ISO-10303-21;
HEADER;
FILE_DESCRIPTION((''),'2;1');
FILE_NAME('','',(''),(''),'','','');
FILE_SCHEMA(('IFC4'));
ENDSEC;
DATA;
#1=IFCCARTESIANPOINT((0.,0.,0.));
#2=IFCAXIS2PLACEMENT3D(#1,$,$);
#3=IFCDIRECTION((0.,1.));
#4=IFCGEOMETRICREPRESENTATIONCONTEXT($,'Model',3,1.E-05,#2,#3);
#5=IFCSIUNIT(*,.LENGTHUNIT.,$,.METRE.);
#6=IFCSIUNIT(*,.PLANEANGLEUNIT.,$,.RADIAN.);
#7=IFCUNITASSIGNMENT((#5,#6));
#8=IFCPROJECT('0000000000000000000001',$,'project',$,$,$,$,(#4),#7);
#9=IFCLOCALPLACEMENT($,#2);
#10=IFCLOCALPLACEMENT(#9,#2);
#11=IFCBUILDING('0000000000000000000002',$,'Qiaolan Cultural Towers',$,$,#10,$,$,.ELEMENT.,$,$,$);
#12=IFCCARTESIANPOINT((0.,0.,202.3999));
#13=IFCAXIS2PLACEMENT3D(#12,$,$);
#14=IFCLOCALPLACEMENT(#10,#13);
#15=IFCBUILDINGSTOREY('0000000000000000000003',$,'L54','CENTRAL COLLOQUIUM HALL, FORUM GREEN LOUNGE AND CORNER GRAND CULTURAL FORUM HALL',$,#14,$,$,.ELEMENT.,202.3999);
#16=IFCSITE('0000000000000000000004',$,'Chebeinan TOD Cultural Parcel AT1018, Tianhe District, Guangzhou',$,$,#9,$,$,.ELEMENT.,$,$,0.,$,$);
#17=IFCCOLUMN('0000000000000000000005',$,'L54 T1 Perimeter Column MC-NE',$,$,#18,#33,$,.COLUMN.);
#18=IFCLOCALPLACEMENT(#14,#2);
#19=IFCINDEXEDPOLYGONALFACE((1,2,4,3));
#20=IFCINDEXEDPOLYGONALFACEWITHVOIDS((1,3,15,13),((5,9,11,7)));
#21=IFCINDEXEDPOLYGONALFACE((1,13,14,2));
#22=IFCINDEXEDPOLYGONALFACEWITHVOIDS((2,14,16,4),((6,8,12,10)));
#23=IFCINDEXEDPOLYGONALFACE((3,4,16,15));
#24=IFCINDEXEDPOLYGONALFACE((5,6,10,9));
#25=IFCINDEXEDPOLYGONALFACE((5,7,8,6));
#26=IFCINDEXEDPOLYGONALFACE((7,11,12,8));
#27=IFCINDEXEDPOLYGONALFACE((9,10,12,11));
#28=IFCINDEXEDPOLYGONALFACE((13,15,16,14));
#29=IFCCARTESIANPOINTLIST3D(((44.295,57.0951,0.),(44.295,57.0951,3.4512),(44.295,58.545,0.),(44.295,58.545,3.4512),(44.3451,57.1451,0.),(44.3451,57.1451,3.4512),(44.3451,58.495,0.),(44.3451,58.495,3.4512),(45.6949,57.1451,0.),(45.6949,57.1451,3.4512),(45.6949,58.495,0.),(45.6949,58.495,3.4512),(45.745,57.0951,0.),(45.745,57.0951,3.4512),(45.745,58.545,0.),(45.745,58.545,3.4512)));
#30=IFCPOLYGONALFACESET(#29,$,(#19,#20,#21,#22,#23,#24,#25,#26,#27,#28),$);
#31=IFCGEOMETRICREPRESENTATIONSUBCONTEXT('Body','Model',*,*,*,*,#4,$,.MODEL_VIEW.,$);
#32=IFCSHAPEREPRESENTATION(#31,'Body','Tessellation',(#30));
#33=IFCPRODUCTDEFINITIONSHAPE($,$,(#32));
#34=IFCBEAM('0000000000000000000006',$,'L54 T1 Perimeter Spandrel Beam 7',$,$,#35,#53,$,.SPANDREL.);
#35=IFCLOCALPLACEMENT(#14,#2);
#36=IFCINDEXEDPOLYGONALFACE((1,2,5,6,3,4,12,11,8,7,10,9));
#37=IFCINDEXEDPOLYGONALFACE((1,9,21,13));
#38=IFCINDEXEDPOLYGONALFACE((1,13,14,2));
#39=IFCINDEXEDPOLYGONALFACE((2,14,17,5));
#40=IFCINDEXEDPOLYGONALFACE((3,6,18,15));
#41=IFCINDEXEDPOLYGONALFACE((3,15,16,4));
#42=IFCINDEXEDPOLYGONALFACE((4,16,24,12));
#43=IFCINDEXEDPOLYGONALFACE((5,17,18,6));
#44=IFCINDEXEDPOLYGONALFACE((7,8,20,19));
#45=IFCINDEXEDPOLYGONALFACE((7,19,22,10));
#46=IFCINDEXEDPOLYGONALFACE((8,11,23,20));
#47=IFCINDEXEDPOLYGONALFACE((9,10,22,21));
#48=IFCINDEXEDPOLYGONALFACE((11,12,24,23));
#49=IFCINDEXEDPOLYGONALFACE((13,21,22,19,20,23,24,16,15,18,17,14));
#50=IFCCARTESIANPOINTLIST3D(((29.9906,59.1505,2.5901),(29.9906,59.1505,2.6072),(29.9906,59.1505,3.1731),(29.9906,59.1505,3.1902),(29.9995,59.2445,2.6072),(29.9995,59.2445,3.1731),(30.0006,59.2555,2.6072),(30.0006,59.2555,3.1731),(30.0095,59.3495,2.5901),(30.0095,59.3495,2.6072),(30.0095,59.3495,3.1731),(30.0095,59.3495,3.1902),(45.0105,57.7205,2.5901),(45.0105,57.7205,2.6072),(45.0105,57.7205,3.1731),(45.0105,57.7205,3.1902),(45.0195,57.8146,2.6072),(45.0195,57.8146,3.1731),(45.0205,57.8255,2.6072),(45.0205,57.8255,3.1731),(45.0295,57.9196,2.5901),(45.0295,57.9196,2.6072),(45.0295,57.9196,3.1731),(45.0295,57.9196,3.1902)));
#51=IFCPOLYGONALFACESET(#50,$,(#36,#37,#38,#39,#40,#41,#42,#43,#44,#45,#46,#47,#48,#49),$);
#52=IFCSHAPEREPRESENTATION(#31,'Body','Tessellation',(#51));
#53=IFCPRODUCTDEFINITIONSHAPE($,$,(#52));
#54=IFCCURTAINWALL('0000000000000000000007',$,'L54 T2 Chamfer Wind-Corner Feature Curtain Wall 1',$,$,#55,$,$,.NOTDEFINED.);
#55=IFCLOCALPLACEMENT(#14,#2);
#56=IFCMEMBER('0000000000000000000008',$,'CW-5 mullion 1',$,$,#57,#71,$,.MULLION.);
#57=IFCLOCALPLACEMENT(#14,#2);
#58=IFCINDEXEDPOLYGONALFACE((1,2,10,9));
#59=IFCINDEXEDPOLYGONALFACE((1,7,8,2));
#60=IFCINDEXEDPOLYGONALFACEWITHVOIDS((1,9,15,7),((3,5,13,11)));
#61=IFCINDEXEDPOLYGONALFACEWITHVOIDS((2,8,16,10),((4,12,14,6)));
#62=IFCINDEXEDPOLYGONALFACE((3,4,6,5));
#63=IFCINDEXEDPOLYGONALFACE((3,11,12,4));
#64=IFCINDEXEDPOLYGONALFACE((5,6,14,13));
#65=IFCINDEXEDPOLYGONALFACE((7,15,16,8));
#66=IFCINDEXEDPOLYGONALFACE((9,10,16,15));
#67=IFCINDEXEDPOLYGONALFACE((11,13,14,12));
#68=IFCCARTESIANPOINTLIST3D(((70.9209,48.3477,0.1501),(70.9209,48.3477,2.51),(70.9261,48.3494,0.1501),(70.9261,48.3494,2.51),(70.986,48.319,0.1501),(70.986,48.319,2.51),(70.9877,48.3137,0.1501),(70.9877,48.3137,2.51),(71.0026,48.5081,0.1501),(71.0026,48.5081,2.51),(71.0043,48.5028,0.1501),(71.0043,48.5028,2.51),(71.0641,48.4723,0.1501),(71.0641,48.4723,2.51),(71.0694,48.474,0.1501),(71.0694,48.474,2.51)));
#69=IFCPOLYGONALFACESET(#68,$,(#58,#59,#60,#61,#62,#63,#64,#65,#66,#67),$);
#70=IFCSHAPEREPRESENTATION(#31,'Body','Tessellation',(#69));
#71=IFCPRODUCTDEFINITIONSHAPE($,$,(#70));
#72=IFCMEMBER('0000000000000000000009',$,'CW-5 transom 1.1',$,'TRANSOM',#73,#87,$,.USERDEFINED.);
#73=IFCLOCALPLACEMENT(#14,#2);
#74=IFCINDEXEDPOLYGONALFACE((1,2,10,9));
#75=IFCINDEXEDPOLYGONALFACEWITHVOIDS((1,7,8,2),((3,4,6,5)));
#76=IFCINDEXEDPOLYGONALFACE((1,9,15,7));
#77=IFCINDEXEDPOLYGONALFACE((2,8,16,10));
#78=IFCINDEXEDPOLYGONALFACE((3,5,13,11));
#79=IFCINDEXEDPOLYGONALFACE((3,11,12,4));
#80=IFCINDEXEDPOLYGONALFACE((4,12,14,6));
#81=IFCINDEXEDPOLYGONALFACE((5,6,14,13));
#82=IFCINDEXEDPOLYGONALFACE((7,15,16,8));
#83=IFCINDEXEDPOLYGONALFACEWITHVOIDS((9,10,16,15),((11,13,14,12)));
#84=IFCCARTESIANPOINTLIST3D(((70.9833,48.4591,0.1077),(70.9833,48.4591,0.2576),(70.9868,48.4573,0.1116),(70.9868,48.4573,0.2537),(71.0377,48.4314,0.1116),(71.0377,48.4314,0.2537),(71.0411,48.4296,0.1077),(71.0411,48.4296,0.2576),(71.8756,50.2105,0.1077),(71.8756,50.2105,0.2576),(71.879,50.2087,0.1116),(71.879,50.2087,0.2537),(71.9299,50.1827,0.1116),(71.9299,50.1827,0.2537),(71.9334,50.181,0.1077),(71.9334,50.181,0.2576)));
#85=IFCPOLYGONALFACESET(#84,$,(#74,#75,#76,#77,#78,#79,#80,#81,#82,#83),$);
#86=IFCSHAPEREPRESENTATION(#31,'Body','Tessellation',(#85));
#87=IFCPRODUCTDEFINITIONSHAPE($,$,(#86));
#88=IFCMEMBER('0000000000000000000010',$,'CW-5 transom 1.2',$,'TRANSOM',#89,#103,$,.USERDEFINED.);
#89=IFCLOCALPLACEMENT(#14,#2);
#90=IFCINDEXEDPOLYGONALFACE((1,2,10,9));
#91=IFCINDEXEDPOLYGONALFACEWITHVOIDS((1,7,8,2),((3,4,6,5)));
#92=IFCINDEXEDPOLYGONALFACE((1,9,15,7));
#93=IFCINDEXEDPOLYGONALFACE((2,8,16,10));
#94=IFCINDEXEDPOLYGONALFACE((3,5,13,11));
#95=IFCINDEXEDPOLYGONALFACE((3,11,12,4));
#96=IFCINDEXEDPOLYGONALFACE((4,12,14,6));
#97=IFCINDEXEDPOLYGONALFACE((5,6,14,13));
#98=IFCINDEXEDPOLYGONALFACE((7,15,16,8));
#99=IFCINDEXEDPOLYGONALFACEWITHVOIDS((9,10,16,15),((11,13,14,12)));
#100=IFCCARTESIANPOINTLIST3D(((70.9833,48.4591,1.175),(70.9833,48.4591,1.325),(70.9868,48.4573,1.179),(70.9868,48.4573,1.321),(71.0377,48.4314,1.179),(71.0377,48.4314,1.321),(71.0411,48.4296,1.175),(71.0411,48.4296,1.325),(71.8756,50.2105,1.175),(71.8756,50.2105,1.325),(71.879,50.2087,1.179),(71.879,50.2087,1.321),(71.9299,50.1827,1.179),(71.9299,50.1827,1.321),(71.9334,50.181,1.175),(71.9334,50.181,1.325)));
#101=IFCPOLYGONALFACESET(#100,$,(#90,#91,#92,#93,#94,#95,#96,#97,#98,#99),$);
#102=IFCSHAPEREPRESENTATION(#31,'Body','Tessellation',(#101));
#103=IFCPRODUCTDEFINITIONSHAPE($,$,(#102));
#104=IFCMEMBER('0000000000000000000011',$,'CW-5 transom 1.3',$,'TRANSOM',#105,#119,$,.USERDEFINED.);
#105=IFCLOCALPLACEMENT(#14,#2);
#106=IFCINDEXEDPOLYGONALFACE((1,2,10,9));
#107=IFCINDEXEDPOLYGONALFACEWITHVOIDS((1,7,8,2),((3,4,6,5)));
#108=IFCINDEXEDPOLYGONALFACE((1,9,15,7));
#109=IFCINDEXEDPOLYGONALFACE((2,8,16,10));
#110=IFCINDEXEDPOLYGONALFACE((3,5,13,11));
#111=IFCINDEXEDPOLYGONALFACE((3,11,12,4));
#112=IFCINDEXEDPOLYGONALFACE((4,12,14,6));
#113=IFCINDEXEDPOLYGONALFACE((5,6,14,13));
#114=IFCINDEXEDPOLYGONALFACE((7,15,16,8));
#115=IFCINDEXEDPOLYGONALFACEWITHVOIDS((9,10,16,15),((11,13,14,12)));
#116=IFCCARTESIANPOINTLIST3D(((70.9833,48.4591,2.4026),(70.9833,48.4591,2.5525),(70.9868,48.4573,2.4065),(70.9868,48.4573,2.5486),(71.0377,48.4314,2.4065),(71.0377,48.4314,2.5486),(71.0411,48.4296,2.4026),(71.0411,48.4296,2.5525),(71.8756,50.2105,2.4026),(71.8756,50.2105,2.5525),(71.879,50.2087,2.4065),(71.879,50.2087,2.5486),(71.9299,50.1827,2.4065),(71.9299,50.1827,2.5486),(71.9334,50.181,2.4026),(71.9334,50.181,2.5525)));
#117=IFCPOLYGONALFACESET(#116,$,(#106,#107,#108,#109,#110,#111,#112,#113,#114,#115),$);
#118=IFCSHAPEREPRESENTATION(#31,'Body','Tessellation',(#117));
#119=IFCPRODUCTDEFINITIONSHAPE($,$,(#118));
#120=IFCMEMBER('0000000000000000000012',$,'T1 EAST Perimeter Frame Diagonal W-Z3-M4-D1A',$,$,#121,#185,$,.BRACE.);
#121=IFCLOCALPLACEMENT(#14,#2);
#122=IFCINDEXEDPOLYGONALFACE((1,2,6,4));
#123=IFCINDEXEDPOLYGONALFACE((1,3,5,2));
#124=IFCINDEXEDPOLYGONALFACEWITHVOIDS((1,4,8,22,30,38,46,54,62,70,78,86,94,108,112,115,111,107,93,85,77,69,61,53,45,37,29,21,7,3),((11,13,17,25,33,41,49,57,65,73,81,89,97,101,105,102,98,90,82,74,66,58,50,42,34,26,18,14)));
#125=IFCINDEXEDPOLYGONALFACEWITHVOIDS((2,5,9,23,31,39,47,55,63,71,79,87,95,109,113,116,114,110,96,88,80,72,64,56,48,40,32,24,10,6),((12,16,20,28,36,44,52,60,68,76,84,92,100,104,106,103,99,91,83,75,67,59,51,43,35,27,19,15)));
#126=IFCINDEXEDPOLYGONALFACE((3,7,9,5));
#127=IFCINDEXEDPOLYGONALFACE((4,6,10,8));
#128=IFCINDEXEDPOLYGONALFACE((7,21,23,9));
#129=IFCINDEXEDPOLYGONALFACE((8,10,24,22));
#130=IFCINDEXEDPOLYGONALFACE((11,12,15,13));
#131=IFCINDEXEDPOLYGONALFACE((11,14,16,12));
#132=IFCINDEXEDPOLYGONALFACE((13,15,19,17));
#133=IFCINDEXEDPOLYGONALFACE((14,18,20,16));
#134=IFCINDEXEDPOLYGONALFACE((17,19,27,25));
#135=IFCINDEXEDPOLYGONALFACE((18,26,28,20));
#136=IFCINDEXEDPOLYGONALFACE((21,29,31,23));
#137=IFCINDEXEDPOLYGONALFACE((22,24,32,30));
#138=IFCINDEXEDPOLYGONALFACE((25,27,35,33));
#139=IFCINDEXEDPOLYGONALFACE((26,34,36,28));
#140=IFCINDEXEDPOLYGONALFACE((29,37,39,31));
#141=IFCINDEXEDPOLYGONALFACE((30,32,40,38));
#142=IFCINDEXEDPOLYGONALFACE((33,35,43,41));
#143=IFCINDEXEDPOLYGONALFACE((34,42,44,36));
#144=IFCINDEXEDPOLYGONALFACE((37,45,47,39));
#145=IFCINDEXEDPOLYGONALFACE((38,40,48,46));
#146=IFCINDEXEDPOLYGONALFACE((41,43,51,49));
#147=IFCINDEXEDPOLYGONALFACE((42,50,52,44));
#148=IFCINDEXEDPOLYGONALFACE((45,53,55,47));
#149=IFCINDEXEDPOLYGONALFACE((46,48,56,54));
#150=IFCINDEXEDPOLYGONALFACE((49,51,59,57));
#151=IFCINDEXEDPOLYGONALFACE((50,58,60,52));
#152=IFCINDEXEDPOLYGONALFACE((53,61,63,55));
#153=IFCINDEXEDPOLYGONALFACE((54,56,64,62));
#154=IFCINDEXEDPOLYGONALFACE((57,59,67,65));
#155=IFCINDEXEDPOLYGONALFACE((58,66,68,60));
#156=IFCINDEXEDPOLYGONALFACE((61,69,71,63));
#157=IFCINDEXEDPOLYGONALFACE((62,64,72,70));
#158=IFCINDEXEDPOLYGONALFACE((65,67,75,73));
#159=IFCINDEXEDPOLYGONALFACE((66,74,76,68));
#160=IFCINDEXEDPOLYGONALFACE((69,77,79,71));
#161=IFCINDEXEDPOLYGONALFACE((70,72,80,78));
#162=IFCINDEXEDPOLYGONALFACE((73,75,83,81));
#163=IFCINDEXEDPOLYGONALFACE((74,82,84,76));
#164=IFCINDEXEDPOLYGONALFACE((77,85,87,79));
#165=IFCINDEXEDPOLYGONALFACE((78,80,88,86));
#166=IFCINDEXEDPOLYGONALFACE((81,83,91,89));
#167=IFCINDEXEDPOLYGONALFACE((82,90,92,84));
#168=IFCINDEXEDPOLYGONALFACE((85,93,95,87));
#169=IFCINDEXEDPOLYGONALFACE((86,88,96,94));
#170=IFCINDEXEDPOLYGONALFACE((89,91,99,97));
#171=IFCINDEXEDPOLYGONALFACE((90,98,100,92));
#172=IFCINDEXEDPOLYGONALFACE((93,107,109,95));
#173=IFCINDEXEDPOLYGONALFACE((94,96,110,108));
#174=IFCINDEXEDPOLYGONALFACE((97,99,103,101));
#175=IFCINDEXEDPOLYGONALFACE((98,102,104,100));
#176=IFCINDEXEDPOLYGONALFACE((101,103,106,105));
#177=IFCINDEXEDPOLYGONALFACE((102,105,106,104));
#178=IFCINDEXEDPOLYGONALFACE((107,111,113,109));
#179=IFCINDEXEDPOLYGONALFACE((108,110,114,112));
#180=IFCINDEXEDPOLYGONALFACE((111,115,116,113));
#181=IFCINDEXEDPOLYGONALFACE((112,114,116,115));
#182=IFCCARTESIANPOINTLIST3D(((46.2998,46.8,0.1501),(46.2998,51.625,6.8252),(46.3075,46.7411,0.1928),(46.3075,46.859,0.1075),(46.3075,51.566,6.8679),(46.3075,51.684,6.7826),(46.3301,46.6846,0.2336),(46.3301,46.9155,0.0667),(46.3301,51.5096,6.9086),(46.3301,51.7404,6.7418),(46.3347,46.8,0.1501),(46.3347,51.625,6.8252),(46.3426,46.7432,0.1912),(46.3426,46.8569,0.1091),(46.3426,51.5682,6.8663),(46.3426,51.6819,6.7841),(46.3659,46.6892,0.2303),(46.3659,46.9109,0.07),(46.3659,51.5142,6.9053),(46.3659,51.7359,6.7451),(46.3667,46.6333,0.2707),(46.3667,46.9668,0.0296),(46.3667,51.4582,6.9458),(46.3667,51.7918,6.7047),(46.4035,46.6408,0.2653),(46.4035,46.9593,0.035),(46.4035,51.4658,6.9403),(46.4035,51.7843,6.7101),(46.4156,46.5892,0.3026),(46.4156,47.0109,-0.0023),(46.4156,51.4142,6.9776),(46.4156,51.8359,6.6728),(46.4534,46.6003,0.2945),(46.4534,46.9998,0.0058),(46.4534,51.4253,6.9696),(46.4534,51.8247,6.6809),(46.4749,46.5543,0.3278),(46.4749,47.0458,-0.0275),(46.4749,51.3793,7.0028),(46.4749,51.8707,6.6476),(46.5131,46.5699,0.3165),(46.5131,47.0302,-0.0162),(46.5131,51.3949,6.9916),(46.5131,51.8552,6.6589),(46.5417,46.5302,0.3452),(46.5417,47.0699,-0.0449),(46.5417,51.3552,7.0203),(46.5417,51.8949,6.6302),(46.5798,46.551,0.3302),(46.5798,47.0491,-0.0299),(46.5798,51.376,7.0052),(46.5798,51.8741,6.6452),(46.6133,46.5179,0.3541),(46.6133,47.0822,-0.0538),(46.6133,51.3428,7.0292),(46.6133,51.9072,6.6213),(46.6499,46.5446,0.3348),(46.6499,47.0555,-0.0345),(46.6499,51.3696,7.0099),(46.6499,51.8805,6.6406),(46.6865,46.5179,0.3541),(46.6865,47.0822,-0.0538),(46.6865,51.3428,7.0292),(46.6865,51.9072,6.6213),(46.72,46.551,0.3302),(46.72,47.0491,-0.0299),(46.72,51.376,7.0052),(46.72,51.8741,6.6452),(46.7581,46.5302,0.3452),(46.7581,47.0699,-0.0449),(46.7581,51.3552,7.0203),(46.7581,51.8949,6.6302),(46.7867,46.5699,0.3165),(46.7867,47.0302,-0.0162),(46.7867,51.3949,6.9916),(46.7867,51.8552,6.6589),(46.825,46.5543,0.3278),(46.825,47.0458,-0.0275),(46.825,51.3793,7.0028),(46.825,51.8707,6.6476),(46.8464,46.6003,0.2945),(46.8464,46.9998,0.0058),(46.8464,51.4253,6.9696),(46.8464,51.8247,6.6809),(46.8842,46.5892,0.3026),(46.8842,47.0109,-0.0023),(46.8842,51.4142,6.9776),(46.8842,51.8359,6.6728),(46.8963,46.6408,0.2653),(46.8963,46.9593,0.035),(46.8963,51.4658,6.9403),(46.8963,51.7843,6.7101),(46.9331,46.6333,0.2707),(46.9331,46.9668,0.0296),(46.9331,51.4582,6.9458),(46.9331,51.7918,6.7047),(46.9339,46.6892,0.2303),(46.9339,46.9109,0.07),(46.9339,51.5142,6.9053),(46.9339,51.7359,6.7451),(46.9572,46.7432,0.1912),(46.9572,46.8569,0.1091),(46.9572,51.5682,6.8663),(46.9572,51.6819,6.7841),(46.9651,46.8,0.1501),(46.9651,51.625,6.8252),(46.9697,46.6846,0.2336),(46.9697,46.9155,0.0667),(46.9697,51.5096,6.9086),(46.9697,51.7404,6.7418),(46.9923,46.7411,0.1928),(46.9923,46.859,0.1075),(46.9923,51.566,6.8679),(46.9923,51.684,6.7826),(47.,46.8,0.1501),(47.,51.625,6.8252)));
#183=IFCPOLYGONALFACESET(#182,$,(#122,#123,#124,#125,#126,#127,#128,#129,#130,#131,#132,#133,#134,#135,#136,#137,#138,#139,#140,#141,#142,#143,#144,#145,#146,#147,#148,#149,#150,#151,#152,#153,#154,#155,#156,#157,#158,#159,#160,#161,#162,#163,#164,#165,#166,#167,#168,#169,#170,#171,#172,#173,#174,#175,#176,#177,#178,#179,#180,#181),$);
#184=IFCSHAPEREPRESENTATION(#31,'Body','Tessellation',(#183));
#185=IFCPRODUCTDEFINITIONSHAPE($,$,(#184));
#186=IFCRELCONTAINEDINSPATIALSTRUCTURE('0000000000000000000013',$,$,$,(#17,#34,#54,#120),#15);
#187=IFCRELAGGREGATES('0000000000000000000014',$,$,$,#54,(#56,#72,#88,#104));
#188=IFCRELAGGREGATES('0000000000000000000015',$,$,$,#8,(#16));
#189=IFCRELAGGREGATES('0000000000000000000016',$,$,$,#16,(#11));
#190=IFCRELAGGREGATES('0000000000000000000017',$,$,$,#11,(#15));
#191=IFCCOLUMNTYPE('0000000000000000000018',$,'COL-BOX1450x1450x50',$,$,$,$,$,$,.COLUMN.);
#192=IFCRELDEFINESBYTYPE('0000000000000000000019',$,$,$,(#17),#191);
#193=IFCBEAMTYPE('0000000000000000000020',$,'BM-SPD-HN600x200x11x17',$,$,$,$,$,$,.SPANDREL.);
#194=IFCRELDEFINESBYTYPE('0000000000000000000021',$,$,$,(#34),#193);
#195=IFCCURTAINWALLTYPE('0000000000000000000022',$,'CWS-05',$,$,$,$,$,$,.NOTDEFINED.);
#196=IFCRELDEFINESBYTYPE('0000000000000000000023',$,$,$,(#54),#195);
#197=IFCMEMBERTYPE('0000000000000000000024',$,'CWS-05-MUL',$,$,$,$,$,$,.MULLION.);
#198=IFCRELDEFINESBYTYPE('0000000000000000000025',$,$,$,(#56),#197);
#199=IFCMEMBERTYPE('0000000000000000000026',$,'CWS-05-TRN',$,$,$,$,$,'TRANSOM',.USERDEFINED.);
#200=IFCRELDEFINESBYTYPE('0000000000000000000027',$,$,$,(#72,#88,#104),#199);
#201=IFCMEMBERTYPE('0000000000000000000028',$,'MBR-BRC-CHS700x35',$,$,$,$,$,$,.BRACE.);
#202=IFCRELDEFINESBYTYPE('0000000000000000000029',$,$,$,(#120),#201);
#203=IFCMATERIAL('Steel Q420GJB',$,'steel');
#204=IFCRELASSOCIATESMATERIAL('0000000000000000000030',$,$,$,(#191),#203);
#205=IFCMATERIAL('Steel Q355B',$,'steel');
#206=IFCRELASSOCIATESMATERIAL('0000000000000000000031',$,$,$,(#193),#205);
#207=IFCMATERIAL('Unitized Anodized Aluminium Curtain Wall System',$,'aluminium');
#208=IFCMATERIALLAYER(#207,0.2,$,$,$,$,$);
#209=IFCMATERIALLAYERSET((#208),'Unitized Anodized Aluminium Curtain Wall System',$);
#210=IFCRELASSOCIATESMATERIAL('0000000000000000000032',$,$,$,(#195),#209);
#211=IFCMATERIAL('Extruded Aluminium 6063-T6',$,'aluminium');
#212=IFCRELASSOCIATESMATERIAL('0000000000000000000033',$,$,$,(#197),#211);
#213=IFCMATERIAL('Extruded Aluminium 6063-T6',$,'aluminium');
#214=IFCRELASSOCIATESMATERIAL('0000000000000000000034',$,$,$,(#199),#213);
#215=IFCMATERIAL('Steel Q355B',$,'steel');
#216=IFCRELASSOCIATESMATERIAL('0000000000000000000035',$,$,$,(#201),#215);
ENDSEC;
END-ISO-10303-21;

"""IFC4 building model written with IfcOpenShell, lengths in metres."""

from ifc_helpers import new_model, si_unit, direction, frame, origin, origin_2d, place, context, subcontext, project, spatial, hollow_rectangle, hollow_circle, i_section, extrude, material, layer, layer_set, material_profile, profile_set, type_object, element, aggregate, save


model = new_model("IFC4")

# Units and contexts
model_context = context("Model", 3, precision=1e-05, world=origin(), true_north=direction((0.0, 1.0)))
body_context = subcontext(model_context, "Body", "Model", "MODEL_VIEW")
ifc_project = project(units=[si_unit("LENGTHUNIT", "METRE"), si_unit("PLANEANGLEUNIT", "RADIAN")], contexts=[model_context])

# Site, building, storey
site_placement = place(None, origin())
site = spatial("IfcSite", under=ifc_project, at=site_placement, Name="Chebeinan TOD Cultural Parcel AT1018, Tianhe District, Guangzhou", CompositionType="ELEMENT", RefElevation=0.0)
building_placement = place(site_placement, origin())
building = spatial("IfcBuilding", under=site, at=building_placement, Name="Qiaolan Cultural Towers", CompositionType="ELEMENT")
storey_placement = place(building_placement, frame((0.0, 0.0, 202.3999)))
storey = spatial("IfcBuildingStorey", under=building, at=storey_placement, Name="L54", Description="CENTRAL COLLOQUIUM HALL, FORUM GREEN LOUNGE AND CORNER GRAND CULTURAL FORUM HALL", CompositionType="ELEMENT", Elevation=202.3999)

# Column
ifc_material_1 = material(Name="Steel Q420GJB", Category="steel")
ifc_material_profile_1 = material_profile(ifc_material_1, hollow_rectangle(XDim=1.45, YDim=1.45, WallThickness=0.05, at=origin_2d()), Name="BOX1450x1450x50")
ifc_profile_set_1 = profile_set([ifc_material_profile_1], Name="Steel Q420GJB")
column_type = type_object("IfcColumnType", Name="COL-BOX1450x1450x50", PredefinedType="COLUMN", material=ifc_profile_set_1)
column_placement = place(storey_placement, frame((45.02, 57.8201, 0.0), z_axis=(0.0, 0.0, 1.0), x_axis=(1.0, 0.0, 0.0)))
element("IfcColumn", 1, at=column_placement, inside=storey, type_object=column_type, Name="L54 T1 Perimeter Column MC-NE", PredefinedType="COLUMN", context=body_context, shape_type="SweptSolid", body=[
    extrude(hollow_rectangle(XDim=1.45, YDim=1.45, WallThickness=0.05, at=origin_2d()), origin(), (0.0, 0.0, 1.0), 3.4512),
])

# Beam
ifc_material_2 = material(Name="Steel Q355B", Category="steel")
ifc_material_profile_2 = material_profile(ifc_material_2, i_section(OverallWidth=0.2, OverallDepth=0.6001, WebThickness=0.011, FlangeThickness=0.0171, at=origin_2d()), Name="HN600x200x11x17")
ifc_profile_set_2 = profile_set([ifc_material_profile_2], Name="Steel Q355B")
beam_type = type_object("IfcBeamType", Name="BM-SPD-HN600x200x11x17", PredefinedType="SPANDREL", material=ifc_profile_set_2)
beam_placement = place(storey_placement, frame((45.02, 57.8201, 2.8901), z_axis=(-0.995499, 0.094773, 0.0), x_axis=(-0.094773, -0.995499, 0.0)))
element("IfcBeam", 2, at=beam_placement, inside=storey, type_object=beam_type, Name="L54 T1 Perimeter Spandrel Beam 7", PredefinedType="SPANDREL", context=body_context, shape_type="SweptSolid", body=[
    extrude(i_section(OverallWidth=0.2, OverallDepth=0.6001, WebThickness=0.011, FlangeThickness=0.0171, at=origin_2d()), origin(), (0.0, 0.0, 1.0), 15.0879),
])

# Curtain wall, members
ifc_material_3 = material(Name="Unitized Anodized Aluminium Curtain Wall System", Category="aluminium")
ifc_layer_1 = layer(ifc_material_3, 0.2)
ifc_layer_set_1 = layer_set([ifc_layer_1], Name="Unitized Anodized Aluminium Curtain Wall System")
curtain_wall_type = type_object("IfcCurtainWallType", Name="CWS-05", PredefinedType="NOTDEFINED", material=ifc_layer_set_1)
curtain_wall_placement = place(storey_placement, origin())
curtain_wall = element("IfcCurtainWall", 3, at=curtain_wall_placement, inside=storey, type_object=curtain_wall_type, Name="L54 T2 Chamfer Wind-Corner Feature Curtain Wall 1", PredefinedType="NOTDEFINED")
ifc_material_4 = material(Name="Extruded Aluminium 6063-T6", Category="aluminium")
ifc_material_profile_3 = material_profile(ifc_material_4, hollow_rectangle(XDim=0.075, YDim=0.1799, WallThickness=0.0039, at=origin_2d()), Name="CWM-180x75x4")
ifc_profile_set_3 = profile_set([ifc_material_profile_3], Name="Extruded Aluminium 6063-T6")
member_type_1 = type_object("IfcMemberType", Name="CWS-05-MUL", PredefinedType="MULLION", material=ifc_profile_set_3)
member_1_placement = place(storey_placement, frame((70.9951, 48.4109, 0.1501), z_axis=(0.0, 0.0, 1.0), x_axis=(-0.891007, 0.45399, 0.0)))
member_1 = element("IfcMember", 4, at=member_1_placement, type_object=member_type_1, Name="CW-5 mullion 1", PredefinedType="MULLION", context=body_context, shape_type="SweptSolid", body=[
    extrude(hollow_rectangle(XDim=0.075, YDim=0.1799, WallThickness=0.0039, at=origin_2d()), origin(), (0.0, 0.0, 1.0), 2.3599),
])
ifc_material_5 = material(Name="Extruded Aluminium 6063-T6", Category="aluminium")
ifc_material_profile_4 = material_profile(ifc_material_5, hollow_rectangle(XDim=0.0649, YDim=0.1499, WallThickness=0.0039, at=origin_2d()), Name="CWT-150x65x4")
ifc_profile_set_4 = profile_set([ifc_material_profile_4], Name="Extruded Aluminium 6063-T6")
member_type_2 = type_object("IfcMemberType", Name="CWS-05-TRN", ElementType="TRANSOM", PredefinedType="USERDEFINED", material=ifc_profile_set_4)
member_2_placement = place(storey_placement, frame((71.0122, 48.4443, 0.1826), z_axis=(0.453957, 0.891023, 0.0), x_axis=(-0.891023, 0.453957, 0.0)))
member_2 = element("IfcMember", 5, at=member_2_placement, type_object=member_type_2, Name="CW-5 transom 1.1", ObjectType="TRANSOM", PredefinedType="USERDEFINED", context=body_context, shape_type="SweptSolid", body=[
    extrude(hollow_rectangle(XDim=0.0649, YDim=0.1499, WallThickness=0.0039, at=origin_2d()), origin(), (0.0, 0.0, 1.0), 1.9656),
])
member_3_placement = place(storey_placement, frame((71.0122, 48.4443, 1.25), z_axis=(0.453957, 0.891023, 0.0), x_axis=(-0.891023, 0.453957, 0.0)))
member_3 = element("IfcMember", 6, at=member_3_placement, type_object=member_type_2, Name="CW-5 transom 1.2", ObjectType="TRANSOM", PredefinedType="USERDEFINED", context=body_context, shape_type="SweptSolid", body=[
    extrude(hollow_rectangle(XDim=0.0649, YDim=0.1499, WallThickness=0.0039, at=origin_2d()), origin(), (0.0, 0.0, 1.0), 1.9656),
])
member_4_placement = place(storey_placement, frame((71.0122, 48.4443, 2.4775), z_axis=(0.453957, 0.891023, 0.0), x_axis=(-0.891023, 0.453957, 0.0)))
member_4 = element("IfcMember", 7, at=member_4_placement, type_object=member_type_2, Name="CW-5 transom 1.3", ObjectType="TRANSOM", PredefinedType="USERDEFINED", context=body_context, shape_type="SweptSolid", body=[
    extrude(hollow_rectangle(XDim=0.0649, YDim=0.1499, WallThickness=0.0039, at=origin_2d()), origin(), (0.0, 0.0, 1.0), 1.9656),
])
aggregate(curtain_wall, [member_1, member_2, member_3, member_4])

# Member
ifc_material_6 = material(Name="Steel Q355B", Category="steel")
ifc_material_profile_5 = material_profile(ifc_material_6, hollow_circle(Radius=0.3501, WallThickness=0.0349, at=origin_2d()), Name="CHS700x35")
ifc_profile_set_5 = profile_set([ifc_material_profile_5], Name="Steel Q355B")
member_type_3 = type_object("IfcMemberType", Name="MBR-BRC-CHS700x35", PredefinedType="BRACE", material=ifc_profile_set_5)
member_5_placement = place(storey_placement, frame((46.6499, 46.8, 0.1501), z_axis=(0.0, 0.585816, 0.810444), x_axis=(-1.0, 0.0, 0.0)))
element("IfcMember", 8, at=member_5_placement, inside=storey, type_object=member_type_3, Name="T1 EAST Perimeter Frame Diagonal W-Z3-M4-D1A", PredefinedType="BRACE", context=body_context, shape_type="SweptSolid", body=[
    extrude(hollow_circle(Radius=0.3501, WallThickness=0.0349, at=origin_2d()), origin(), (0.0, 0.0, 1.0), 8.2363),
])

save(model, "model.ifc")
